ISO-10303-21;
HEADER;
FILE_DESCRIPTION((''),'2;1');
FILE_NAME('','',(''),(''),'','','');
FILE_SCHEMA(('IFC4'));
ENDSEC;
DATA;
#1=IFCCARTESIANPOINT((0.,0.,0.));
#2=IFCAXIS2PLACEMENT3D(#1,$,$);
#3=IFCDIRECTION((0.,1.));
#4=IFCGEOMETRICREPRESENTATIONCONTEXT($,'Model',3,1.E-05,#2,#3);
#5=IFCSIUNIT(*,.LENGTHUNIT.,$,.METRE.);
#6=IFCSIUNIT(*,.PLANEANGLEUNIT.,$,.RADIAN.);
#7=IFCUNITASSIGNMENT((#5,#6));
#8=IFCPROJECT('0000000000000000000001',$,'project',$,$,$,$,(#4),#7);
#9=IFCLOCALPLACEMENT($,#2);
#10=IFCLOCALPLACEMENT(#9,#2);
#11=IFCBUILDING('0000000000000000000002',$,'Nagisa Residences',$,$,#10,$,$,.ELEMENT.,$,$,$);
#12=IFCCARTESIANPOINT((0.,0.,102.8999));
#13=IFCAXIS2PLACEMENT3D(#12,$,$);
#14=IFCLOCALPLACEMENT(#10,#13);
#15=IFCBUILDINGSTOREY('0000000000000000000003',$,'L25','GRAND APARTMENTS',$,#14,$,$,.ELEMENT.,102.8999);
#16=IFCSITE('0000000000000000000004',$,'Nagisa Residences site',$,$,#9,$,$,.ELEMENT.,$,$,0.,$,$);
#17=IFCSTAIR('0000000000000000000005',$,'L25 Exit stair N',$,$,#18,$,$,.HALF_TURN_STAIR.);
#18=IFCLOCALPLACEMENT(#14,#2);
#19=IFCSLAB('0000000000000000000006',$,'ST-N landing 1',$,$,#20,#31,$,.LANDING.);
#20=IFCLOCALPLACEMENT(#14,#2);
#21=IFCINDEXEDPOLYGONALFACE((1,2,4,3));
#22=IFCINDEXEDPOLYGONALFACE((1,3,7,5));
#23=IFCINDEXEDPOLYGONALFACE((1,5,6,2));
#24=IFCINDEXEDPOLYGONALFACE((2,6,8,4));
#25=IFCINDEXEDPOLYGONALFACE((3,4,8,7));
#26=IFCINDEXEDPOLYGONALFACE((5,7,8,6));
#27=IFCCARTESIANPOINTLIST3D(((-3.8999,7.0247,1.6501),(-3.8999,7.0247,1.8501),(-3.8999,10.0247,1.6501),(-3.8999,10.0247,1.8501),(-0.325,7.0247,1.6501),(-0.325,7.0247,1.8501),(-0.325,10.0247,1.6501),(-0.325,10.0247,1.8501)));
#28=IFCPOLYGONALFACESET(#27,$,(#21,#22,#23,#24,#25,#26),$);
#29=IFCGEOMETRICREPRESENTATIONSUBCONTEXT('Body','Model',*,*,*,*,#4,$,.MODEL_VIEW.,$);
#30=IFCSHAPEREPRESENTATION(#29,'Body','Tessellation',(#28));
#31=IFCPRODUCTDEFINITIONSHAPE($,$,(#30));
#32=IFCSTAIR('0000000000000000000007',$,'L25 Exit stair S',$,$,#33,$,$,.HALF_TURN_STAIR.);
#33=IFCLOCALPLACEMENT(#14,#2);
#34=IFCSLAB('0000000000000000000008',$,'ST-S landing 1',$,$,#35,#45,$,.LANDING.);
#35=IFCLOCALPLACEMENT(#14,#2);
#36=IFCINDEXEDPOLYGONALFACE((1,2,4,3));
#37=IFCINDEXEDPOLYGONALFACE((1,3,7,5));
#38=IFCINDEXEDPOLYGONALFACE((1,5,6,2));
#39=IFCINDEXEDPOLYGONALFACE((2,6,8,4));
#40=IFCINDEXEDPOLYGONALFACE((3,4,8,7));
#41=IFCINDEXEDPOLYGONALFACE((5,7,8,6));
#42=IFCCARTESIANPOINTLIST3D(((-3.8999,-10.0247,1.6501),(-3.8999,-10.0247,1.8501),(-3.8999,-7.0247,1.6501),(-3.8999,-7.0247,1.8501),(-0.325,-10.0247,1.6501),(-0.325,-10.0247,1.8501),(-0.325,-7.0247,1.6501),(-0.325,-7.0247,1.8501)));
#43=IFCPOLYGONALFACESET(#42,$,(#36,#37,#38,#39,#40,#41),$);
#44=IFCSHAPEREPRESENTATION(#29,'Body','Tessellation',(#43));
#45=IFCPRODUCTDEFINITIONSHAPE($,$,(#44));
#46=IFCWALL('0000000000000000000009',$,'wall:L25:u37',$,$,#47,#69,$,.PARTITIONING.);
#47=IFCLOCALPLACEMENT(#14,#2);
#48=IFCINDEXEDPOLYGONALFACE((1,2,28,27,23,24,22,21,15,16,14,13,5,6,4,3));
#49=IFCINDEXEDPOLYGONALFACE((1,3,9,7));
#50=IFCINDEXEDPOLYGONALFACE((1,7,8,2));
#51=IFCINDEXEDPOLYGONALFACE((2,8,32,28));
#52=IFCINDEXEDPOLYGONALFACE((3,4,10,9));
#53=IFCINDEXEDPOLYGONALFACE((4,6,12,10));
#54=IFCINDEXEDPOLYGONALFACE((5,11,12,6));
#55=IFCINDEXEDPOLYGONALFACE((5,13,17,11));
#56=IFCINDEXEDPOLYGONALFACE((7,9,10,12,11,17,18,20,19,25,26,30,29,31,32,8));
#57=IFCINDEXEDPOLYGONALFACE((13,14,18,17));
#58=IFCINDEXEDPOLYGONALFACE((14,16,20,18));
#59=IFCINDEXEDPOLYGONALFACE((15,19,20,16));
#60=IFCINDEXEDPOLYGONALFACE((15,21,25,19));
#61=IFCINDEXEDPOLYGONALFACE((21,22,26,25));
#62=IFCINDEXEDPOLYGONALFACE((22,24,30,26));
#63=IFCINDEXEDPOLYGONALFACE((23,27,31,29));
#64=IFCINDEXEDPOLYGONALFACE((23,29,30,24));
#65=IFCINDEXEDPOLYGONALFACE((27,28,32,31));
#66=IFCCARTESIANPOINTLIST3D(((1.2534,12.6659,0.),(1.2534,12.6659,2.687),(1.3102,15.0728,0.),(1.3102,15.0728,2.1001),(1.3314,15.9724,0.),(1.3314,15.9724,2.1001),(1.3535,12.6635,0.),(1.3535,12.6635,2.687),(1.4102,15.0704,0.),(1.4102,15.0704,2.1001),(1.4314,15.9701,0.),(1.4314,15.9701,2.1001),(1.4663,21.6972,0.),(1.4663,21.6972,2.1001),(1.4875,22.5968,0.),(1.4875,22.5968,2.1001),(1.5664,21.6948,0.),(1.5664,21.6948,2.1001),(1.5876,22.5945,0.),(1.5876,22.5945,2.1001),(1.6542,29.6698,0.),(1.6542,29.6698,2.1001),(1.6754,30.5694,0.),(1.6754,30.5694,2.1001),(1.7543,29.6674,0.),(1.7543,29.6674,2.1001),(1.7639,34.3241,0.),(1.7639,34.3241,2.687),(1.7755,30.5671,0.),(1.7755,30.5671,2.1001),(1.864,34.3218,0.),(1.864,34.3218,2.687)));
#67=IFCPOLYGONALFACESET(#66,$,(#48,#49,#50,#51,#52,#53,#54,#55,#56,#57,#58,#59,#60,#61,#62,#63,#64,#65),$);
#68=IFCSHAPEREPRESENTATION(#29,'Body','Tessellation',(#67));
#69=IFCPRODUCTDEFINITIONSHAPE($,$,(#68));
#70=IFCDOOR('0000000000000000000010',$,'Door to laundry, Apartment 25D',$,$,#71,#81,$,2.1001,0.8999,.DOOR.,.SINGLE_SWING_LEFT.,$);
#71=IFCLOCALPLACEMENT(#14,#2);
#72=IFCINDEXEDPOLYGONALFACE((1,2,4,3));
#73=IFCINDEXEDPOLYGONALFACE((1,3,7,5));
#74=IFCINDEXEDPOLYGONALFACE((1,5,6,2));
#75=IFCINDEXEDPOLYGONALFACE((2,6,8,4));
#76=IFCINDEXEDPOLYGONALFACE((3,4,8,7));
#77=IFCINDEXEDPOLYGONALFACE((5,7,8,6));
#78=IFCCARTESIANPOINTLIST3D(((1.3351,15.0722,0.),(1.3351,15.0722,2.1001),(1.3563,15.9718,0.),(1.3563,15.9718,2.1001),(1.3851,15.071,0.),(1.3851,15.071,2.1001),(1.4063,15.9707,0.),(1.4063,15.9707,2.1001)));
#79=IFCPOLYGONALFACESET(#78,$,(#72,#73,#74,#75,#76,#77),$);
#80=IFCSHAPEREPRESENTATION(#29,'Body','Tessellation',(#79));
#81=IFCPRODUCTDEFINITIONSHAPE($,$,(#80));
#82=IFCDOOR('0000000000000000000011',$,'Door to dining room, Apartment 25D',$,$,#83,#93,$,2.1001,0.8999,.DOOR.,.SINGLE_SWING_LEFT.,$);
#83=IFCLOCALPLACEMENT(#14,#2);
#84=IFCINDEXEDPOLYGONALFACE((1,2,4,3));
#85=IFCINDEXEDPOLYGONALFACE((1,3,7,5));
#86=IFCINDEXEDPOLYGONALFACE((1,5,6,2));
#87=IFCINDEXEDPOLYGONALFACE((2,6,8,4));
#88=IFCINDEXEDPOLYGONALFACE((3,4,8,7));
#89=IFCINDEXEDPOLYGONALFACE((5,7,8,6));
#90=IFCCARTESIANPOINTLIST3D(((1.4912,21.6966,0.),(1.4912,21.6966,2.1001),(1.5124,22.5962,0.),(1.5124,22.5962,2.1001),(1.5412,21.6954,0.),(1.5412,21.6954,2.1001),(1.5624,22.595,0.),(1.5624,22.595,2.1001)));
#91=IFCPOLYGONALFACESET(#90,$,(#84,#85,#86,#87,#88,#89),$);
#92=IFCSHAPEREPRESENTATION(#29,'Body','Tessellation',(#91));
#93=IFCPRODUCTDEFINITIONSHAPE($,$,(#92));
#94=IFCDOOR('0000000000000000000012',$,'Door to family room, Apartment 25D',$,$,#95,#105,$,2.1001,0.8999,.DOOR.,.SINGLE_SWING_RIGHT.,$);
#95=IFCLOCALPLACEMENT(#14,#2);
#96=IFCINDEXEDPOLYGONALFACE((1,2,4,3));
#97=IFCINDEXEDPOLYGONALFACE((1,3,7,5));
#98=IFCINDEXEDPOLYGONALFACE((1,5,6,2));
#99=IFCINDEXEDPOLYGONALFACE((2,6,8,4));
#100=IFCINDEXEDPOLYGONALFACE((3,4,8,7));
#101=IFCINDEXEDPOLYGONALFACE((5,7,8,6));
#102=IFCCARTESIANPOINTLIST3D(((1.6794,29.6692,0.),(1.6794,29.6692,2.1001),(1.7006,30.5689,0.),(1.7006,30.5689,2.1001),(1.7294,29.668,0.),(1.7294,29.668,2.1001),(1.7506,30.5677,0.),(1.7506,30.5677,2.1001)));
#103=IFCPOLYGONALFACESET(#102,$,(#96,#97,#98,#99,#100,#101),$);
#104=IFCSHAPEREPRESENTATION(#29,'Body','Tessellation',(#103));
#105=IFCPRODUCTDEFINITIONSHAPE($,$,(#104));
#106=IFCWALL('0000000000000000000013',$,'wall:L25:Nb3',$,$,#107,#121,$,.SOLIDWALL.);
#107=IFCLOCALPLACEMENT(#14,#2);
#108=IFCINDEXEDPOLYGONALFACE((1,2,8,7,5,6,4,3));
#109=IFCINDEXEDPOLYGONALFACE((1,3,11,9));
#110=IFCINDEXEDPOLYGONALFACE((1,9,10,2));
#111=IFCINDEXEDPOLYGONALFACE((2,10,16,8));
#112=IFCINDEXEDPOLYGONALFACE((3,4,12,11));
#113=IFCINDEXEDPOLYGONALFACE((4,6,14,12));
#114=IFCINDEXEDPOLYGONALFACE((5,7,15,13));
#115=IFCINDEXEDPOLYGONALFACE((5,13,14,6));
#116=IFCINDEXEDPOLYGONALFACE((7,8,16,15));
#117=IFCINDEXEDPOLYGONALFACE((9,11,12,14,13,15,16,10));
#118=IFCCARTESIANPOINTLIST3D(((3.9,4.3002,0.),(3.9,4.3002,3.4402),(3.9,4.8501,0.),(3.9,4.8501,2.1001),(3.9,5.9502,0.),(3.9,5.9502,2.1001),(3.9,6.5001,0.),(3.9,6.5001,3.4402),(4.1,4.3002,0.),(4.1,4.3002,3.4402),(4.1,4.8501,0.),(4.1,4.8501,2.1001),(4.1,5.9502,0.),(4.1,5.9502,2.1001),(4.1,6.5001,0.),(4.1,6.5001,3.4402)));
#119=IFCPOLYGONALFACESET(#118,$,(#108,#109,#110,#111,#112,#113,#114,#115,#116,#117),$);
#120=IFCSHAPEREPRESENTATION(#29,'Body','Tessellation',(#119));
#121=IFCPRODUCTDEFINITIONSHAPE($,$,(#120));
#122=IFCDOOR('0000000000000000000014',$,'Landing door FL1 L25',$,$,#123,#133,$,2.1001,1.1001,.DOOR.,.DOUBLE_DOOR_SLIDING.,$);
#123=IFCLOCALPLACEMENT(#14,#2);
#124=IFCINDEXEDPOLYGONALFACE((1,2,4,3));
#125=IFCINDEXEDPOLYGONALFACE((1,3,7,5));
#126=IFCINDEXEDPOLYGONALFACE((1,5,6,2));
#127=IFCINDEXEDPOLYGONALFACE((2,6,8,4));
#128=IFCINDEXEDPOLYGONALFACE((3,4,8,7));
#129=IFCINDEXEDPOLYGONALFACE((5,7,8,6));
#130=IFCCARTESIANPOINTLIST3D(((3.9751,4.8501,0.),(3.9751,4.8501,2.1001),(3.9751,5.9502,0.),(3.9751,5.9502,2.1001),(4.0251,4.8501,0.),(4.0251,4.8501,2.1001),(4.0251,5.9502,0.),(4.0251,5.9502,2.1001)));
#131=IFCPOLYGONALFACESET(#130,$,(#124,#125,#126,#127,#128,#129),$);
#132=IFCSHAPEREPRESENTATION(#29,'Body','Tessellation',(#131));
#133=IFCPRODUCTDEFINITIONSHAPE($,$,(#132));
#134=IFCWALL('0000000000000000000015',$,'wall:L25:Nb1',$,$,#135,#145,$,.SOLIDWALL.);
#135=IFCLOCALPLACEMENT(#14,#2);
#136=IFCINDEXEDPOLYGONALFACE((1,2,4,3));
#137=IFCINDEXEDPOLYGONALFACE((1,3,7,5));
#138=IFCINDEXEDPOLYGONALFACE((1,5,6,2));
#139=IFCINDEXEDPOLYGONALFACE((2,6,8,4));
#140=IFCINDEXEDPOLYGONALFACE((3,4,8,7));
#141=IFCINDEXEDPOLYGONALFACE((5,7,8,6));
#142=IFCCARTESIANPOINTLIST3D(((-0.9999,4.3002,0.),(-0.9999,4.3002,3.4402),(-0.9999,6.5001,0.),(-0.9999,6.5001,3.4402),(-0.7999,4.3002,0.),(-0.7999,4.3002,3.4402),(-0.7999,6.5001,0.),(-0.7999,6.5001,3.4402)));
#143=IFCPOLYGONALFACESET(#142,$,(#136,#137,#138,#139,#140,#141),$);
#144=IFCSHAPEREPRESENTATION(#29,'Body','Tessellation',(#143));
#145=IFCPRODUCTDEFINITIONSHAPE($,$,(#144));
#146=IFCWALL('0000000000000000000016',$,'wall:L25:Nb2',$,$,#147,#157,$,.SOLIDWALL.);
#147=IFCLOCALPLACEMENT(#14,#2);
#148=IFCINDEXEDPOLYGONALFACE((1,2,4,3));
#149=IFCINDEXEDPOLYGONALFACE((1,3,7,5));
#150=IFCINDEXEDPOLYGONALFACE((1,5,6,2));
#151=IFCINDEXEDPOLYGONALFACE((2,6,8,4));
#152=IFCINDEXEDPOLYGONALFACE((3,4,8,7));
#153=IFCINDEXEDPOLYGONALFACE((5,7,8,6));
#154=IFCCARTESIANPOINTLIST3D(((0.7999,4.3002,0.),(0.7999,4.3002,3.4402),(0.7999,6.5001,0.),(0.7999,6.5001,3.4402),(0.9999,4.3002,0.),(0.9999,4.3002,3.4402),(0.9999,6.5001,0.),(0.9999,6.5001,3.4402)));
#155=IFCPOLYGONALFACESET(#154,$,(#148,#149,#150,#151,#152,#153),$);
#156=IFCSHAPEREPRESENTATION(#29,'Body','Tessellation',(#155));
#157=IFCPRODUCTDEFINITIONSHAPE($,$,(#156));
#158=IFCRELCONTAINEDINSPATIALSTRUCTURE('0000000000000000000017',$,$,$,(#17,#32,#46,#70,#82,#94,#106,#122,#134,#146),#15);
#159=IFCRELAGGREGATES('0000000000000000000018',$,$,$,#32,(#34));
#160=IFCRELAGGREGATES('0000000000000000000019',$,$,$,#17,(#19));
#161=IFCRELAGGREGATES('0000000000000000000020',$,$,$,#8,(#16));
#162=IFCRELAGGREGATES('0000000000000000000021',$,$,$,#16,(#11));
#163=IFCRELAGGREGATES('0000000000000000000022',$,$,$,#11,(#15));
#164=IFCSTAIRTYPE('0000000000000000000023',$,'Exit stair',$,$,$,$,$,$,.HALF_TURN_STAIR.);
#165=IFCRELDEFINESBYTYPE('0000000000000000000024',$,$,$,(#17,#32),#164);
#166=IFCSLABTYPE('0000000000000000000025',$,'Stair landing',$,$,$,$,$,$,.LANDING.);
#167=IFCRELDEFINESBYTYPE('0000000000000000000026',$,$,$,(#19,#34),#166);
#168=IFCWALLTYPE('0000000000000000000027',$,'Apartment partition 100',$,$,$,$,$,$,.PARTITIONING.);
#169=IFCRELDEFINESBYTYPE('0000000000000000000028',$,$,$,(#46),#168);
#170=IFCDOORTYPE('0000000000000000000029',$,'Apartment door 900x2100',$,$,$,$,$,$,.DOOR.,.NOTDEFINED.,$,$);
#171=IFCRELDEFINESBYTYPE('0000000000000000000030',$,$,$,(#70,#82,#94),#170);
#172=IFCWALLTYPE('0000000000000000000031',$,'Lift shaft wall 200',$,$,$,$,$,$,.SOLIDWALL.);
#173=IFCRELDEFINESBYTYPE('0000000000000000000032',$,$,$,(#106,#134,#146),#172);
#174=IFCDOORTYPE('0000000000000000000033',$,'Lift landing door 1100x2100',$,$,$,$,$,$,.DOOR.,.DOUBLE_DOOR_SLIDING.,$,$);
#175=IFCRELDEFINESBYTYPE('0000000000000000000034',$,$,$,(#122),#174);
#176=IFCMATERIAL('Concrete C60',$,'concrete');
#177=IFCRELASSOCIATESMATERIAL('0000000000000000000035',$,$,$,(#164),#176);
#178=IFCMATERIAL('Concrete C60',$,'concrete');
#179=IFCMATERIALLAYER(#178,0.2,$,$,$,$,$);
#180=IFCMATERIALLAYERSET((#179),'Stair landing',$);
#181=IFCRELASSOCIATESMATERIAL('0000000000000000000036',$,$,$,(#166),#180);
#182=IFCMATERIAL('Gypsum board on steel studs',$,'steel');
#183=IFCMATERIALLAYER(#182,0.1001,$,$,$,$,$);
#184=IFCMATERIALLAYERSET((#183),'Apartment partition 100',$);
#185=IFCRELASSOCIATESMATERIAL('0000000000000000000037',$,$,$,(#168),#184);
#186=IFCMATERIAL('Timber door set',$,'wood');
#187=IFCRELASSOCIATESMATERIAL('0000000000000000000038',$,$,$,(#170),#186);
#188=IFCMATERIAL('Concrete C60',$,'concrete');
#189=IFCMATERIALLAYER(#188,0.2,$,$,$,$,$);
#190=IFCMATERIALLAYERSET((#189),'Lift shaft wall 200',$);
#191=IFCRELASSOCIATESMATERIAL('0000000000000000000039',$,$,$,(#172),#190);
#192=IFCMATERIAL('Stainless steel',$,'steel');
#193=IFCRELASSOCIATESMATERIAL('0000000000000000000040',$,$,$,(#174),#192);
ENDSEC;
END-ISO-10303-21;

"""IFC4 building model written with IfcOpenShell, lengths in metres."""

from ifc_helpers import new_model, si_unit, direction, frame, frame_2d, origin, place, context, subcontext, project, spatial, polyline, rectangle, outline, extrude, material, layer, layer_set, type_object, element, fill, aggregate, save


model = new_model("IFC4")

# Units and contexts
model_context = context("Model", 3, precision=1e-05, world=origin(), true_north=direction((0.0, 1.0)))
body_context = subcontext(model_context, "Body", "Model", "MODEL_VIEW")
ifc_project = project(units=[si_unit("LENGTHUNIT", "METRE"), si_unit("PLANEANGLEUNIT", "RADIAN")], contexts=[model_context])

# Site, building, storey
site_placement = place(None, origin())
site = spatial("IfcSite", under=ifc_project, at=site_placement, Name="Nagisa Residences site", CompositionType="ELEMENT", RefElevation=0.0)
building_placement = place(site_placement, origin())
building = spatial("IfcBuilding", under=site, at=building_placement, Name="Nagisa Residences", CompositionType="ELEMENT")
storey_placement = place(building_placement, frame((0.0, 0.0, 102.8999)))
storey = spatial("IfcBuildingStorey", under=building, at=storey_placement, Name="L25", Description="GRAND APARTMENTS", CompositionType="ELEMENT", Elevation=102.8999)

# Stairs, slabs
ifc_material_1 = material(Name="Concrete C60", Category="concrete")
stair_type = type_object("IfcStairType", Name="Exit stair", PredefinedType="HALF_TURN_STAIR", material=ifc_material_1)
stair_1_placement = place(storey_placement, origin())
stair_1 = element("IfcStair", 1, at=stair_1_placement, inside=storey, type_object=stair_type, Name="L25 Exit stair N", PredefinedType="HALF_TURN_STAIR")
ifc_material_2 = material(Name="Concrete C60", Category="concrete")
ifc_layer_1 = layer(ifc_material_2, 0.2)
ifc_layer_set_1 = layer_set([ifc_layer_1], Name="Stair landing")
slab_type = type_object("IfcSlabType", Name="Stair landing", PredefinedType="LANDING", material=ifc_layer_set_1)
slab_1_placement = place(storey_placement, frame((0.0, 0.0, 1.6501)))
slab_1 = element("IfcSlab", 2, at=slab_1_placement, type_object=slab_type, Name="ST-N landing 1", PredefinedType="LANDING", context=body_context, shape_type="SweptSolid", body=[
    extrude(outline(polyline([(-0.325, 10.0247), (-3.8999, 10.0247), (-3.8999, 7.0247), (-0.325, 7.0247), (-0.325, 10.0247)])), origin(), (0.0, 0.0, 1.0), 0.2),
])
stair_2_placement = place(storey_placement, origin())
stair_2 = element("IfcStair", 3, at=stair_2_placement, inside=storey, type_object=stair_type, Name="L25 Exit stair S", PredefinedType="HALF_TURN_STAIR")
slab_2_placement = place(storey_placement, frame((0.0, 0.0, 1.6501)))
slab_2 = element("IfcSlab", 4, at=slab_2_placement, type_object=slab_type, Name="ST-S landing 1", PredefinedType="LANDING", context=body_context, shape_type="SweptSolid", body=[
    extrude(outline(polyline([(-0.325, -7.0247), (-3.8999, -7.0247), (-3.8999, -10.0247), (-0.325, -10.0247), (-0.325, -7.0247)])), origin(), (0.0, 0.0, 1.0), 0.2),
])
aggregate(stair_2, [slab_2])

# Wall, openings, doors
ifc_material_3 = material(Name="Gypsum board on steel studs", Category="steel")
ifc_layer_2 = layer(ifc_material_3, 0.1001)
ifc_layer_set_2 = layer_set([ifc_layer_2], Name="Apartment partition 100")
wall_type_1 = type_object("IfcWallType", Name="Apartment partition 100", PredefinedType="PARTITIONING", material=ifc_layer_set_2)
wall_1_placement = place(storey_placement, frame((1.3035, 12.6648, 0.0), z_axis=(0.0, 0.0, 1.0), x_axis=(0.023564, 0.999722, 0.0)))
wall_1 = element("IfcWall", 5, at=wall_1_placement, inside=storey, type_object=wall_type_1, Name="wall:L25:u37", PredefinedType="PARTITIONING", context=body_context, shape_type="SweptSolid", body=[
    extrude(rectangle(XDim=21.6643, YDim=0.1001, at=frame_2d((10.832, 0.0))), origin(), (0.0, 0.0, 1.0), 2.687),
])
opening_1_placement = place(wall_1_placement, frame((2.4075, 0.0, 0.0)))
opening_1 = element("IfcOpeningElement", 6, at=opening_1_placement, cuts=wall_1, PredefinedType="OPENING", context=body_context, shape_type="SweptSolid", body=[
    extrude(rectangle(XDim=0.8999, YDim=2.1001, at=frame_2d((0.45, 1.05))), frame((0.0, 0.0601, 0.0), z_axis=(0.0, -1.0, 0.0), x_axis=(1.0, 0.0, 0.0)), (0.0, 0.0, 1.0), 0.1201),
])
opening_2_placement = place(wall_1_placement, frame((9.0337, 0.0, 0.0)))
opening_2 = element("IfcOpeningElement", 7, at=opening_2_placement, cuts=wall_1, PredefinedType="OPENING", context=body_context, shape_type="SweptSolid", body=[
    extrude(rectangle(XDim=0.8999, YDim=2.1001, at=frame_2d((0.45, 1.05))), frame((0.0, 0.0601, 0.0), z_axis=(0.0, -1.0, 0.0), x_axis=(1.0, 0.0, 0.0)), (0.0, 0.0, 1.0), 0.1201),
])
opening_3_placement = place(wall_1_placement, frame((17.0085, 0.0, 0.0)))
opening_3 = element("IfcOpeningElement", 8, at=opening_3_placement, cuts=wall_1, PredefinedType="OPENING", context=body_context, shape_type="SweptSolid", body=[
    extrude(rectangle(XDim=0.8999, YDim=2.1001, at=frame_2d((0.45, 1.05))), frame((0.0, 0.0601, 0.0), z_axis=(0.0, -1.0, 0.0), x_axis=(1.0, 0.0, 0.0)), (0.0, 0.0, 1.0), 0.1201),
])
ifc_material_4 = material(Name="Timber door set", Category="wood")
door_type_1 = type_object("IfcDoorType", Name="Apartment door 900x2100", OperationType="NOTDEFINED", PredefinedType="DOOR", material=ifc_material_4)
door_1_placement = place(opening_1_placement, frame((0.8999, 0.0, 0.0), x_axis=(-1.0, 0.0, 0.0)))
door_1 = element("IfcDoor", 9, at=door_1_placement, inside=storey, type_object=door_type_1, Name="Door to laundry, Apartment 25D", OperationType="SINGLE_SWING_LEFT", OverallHeight=2.1001, OverallWidth=0.8999, PredefinedType="DOOR", context=body_context, shape_type="SweptSolid", body=[
    extrude(rectangle(XDim=0.8999, YDim=2.1001, at=frame_2d((0.45, 1.05))), frame((0.0, 0.0249, 0.0), z_axis=(0.0, -1.0, 0.0), x_axis=(1.0, 0.0, 0.0)), (0.0, 0.0, 1.0), 0.05),
])
fill(opening_1, door_1)
door_2_placement = place(opening_2_placement, frame((0.8999, 0.0, 0.0), x_axis=(-1.0, 0.0, 0.0)))
door_2 = element("IfcDoor", 10, at=door_2_placement, inside=storey, type_object=door_type_1, Name="Door to dining room, Apartment 25D", OperationType="SINGLE_SWING_LEFT", OverallHeight=2.1001, OverallWidth=0.8999, PredefinedType="DOOR", context=body_context, shape_type="SweptSolid", body=[
    extrude(rectangle(XDim=0.8999, YDim=2.1001, at=frame_2d((0.45, 1.05))), frame((0.0, 0.0249, 0.0), z_axis=(0.0, -1.0, 0.0), x_axis=(1.0, 0.0, 0.0)), (0.0, 0.0, 1.0), 0.05),
])
fill(opening_2, door_2)
door_3_placement = place(opening_3_placement, origin())
door_3 = element("IfcDoor", 11, at=door_3_placement, inside=storey, type_object=door_type_1, Name="Door to family room, Apartment 25D", OperationType="SINGLE_SWING_RIGHT", OverallHeight=2.1001, OverallWidth=0.8999, PredefinedType="DOOR", context=body_context, shape_type="SweptSolid", body=[
    extrude(rectangle(XDim=0.8999, YDim=2.1001, at=frame_2d((0.45, 1.05))), frame((0.0, 0.0249, 0.0), z_axis=(0.0, -1.0, 0.0), x_axis=(1.0, 0.0, 0.0)), (0.0, 0.0, 1.0), 0.05),
])
fill(opening_3, door_3)

# Wall, opening, door
ifc_material_5 = material(Name="Concrete C60", Category="concrete")
ifc_layer_3 = layer(ifc_material_5, 0.2)
ifc_layer_set_3 = layer_set([ifc_layer_3], Name="Lift shaft wall 200")
wall_type_2 = type_object("IfcWallType", Name="Lift shaft wall 200", PredefinedType="SOLIDWALL", material=ifc_layer_set_3)
wall_2_placement = place(storey_placement, frame((4.0, 4.3, 0.0), z_axis=(0.0, 0.0, 1.0), x_axis=(0.0, 1.0, 0.0)))
wall_2 = element("IfcWall", 12, at=wall_2_placement, inside=storey, type_object=wall_type_2, Name="wall:L25:Nb3", PredefinedType="SOLIDWALL", context=body_context, shape_type="SweptSolid", body=[
    extrude(rectangle(XDim=2.2, YDim=0.2, at=frame_2d((1.1001, 0.0))), origin(), (0.0, 0.0, 1.0), 3.4402),
])
opening_4_placement = place(wall_2_placement, frame((0.55, 0.0, 0.0)))
opening_4 = element("IfcOpeningElement", 13, at=opening_4_placement, cuts=wall_2, PredefinedType="OPENING", context=body_context, shape_type="SweptSolid", body=[
    extrude(rectangle(XDim=1.1001, YDim=2.1001, at=frame_2d((0.55, 1.05))), frame((0.0, 0.1099, 0.0), z_axis=(0.0, -1.0, 0.0), x_axis=(1.0, 0.0, 0.0)), (0.0, 0.0, 1.0), 0.22),
])
ifc_material_6 = material(Name="Stainless steel", Category="steel")
door_type_2 = type_object("IfcDoorType", Name="Lift landing door 1100x2100", OperationType="DOUBLE_DOOR_SLIDING", PredefinedType="DOOR", material=ifc_material_6)
door_4_placement = place(opening_4_placement, origin())
door_4 = element("IfcDoor", 14, at=door_4_placement, inside=storey, type_object=door_type_2, Name="Landing door FL1 L25", OperationType="DOUBLE_DOOR_SLIDING", OverallHeight=2.1001, OverallWidth=1.1001, PredefinedType="DOOR", context=body_context, shape_type="SweptSolid", body=[
    extrude(rectangle(XDim=1.1001, YDim=2.1001, at=frame_2d((0.55, 1.05))), frame((0.0, 0.0249, 0.0), z_axis=(0.0, -1.0, 0.0), x_axis=(1.0, 0.0, 0.0)), (0.0, 0.0, 1.0), 0.05),
])
fill(opening_4, door_4)

# Walls
for number, where, z_axis, x_axis, name in (
    (15, (-0.8999, 4.3, 0.0), (0.0, 0.0, 1.0), (0.0, 1.0, 0.0), "wall:L25:Nb1"),
    (16, (0.8999, 4.3, 0.0), (0.0, 0.0, 1.0), (0.0, 1.0, 0.0), "wall:L25:Nb2"),
):
    element("IfcWall", number, at=place(storey_placement, frame(where, z_axis=z_axis, x_axis=x_axis)), inside=storey, type_object=wall_type_2, Name=name, PredefinedType="SOLIDWALL", context=body_context, shape_type="SweptSolid", body=[
        extrude(rectangle(XDim=2.2, YDim=0.2, at=frame_2d((1.1001, 0.0))), origin(), (0.0, 0.0, 1.0), 3.4402),
    ])

aggregate(stair_1, [slab_1])

save(model, "model.ifc")
